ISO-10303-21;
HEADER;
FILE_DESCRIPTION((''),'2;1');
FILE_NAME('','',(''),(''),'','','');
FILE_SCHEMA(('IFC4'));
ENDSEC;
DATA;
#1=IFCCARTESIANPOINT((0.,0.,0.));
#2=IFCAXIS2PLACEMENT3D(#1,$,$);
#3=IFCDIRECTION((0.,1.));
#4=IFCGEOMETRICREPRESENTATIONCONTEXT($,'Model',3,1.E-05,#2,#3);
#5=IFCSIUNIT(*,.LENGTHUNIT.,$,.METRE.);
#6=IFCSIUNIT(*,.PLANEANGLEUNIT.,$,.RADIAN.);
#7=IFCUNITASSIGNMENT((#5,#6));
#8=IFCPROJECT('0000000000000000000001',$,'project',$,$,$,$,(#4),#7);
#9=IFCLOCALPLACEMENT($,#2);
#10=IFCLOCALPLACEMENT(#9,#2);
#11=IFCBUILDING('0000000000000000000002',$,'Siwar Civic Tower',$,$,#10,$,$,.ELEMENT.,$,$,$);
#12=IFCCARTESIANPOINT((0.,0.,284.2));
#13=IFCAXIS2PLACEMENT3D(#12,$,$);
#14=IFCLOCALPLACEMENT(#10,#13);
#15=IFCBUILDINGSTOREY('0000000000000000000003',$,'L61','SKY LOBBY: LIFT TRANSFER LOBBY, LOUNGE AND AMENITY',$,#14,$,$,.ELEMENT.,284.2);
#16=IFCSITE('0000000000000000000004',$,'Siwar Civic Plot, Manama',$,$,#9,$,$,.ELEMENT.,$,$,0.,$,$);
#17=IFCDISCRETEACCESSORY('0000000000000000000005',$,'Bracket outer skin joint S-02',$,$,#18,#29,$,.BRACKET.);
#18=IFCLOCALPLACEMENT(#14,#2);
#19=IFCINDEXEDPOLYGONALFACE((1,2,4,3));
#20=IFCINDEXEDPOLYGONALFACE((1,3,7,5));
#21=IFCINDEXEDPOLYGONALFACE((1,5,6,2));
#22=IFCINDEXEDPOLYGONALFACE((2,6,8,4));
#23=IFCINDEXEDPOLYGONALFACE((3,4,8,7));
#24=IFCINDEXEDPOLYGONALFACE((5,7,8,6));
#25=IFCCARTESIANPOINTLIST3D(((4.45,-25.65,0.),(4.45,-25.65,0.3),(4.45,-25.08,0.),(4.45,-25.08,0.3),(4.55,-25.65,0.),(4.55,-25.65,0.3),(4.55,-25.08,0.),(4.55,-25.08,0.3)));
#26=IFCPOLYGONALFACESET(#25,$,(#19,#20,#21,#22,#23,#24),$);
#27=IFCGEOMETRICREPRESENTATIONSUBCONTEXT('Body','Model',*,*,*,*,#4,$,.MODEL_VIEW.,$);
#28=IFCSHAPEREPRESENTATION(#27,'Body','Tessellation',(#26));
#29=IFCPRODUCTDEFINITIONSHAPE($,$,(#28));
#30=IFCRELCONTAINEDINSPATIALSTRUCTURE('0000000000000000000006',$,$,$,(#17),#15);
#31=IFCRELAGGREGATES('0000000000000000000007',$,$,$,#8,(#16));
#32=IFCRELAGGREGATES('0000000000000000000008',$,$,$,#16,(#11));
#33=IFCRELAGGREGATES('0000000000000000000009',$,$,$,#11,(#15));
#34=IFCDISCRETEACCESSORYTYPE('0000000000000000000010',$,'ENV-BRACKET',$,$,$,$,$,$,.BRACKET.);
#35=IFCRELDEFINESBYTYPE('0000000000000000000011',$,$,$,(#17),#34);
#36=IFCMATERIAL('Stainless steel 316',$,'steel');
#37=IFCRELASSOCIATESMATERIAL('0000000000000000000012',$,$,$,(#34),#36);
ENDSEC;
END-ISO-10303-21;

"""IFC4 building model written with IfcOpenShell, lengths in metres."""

from ifc_helpers import new_model, si_unit, direction, frame, origin, origin_2d, place, context, subcontext, project, spatial, rectangle, extrude, material, type_object, element, save


model = new_model("IFC4")

# Units and contexts
model_context = context("Model", 3, precision=1e-05, world=origin(), true_north=direction((0.0, 1.0)))
body_context = subcontext(model_context, "Body", "Model", "MODEL_VIEW")
ifc_project = project(units=[si_unit("LENGTHUNIT", "METRE"), si_unit("PLANEANGLEUNIT", "RADIAN")], contexts=[model_context])

# Site, building, storey
site_placement = place(None, origin())
site = spatial("IfcSite", under=ifc_project, at=site_placement, Name="Siwar Civic Plot, Manama", CompositionType="ELEMENT", RefElevation=0.0)
building_placement = place(site_placement, origin())
building = spatial("IfcBuilding", under=site, at=building_placement, Name="Siwar Civic Tower", CompositionType="ELEMENT")
storey_placement = place(building_placement, frame((0.0, 0.0, 284.2)))
storey = spatial("IfcBuildingStorey", under=building, at=storey_placement, Name="L61", Description="SKY LOBBY: LIFT TRANSFER LOBBY, LOUNGE AND AMENITY", CompositionType="ELEMENT", Elevation=284.2)

# Discrete accessory
ifc_material_1 = material(Name="Stainless steel 316", Category="steel")
discrete_accessory_type = type_object("IfcDiscreteAccessoryType", Name="ENV-BRACKET", PredefinedType="BRACKET", material=ifc_material_1)
discrete_accessory_placement = place(storey_placement, frame((4.5, -25.365, 0.0), z_axis=(0.0, 0.0, 1.0), x_axis=(0.0, -1.0, 0.0)))
element("IfcDiscreteAccessory", 1, at=discrete_accessory_placement, inside=storey, type_object=discrete_accessory_type, Name="Bracket outer skin joint S-02", PredefinedType="BRACKET", context=body_context, shape_type="SweptSolid", body=[
    extrude(rectangle(XDim=0.5701, YDim=0.1001, at=origin_2d()), origin(), (0.0, 0.0, 1.0), 0.3),
])

save(model, "model.ifc")
